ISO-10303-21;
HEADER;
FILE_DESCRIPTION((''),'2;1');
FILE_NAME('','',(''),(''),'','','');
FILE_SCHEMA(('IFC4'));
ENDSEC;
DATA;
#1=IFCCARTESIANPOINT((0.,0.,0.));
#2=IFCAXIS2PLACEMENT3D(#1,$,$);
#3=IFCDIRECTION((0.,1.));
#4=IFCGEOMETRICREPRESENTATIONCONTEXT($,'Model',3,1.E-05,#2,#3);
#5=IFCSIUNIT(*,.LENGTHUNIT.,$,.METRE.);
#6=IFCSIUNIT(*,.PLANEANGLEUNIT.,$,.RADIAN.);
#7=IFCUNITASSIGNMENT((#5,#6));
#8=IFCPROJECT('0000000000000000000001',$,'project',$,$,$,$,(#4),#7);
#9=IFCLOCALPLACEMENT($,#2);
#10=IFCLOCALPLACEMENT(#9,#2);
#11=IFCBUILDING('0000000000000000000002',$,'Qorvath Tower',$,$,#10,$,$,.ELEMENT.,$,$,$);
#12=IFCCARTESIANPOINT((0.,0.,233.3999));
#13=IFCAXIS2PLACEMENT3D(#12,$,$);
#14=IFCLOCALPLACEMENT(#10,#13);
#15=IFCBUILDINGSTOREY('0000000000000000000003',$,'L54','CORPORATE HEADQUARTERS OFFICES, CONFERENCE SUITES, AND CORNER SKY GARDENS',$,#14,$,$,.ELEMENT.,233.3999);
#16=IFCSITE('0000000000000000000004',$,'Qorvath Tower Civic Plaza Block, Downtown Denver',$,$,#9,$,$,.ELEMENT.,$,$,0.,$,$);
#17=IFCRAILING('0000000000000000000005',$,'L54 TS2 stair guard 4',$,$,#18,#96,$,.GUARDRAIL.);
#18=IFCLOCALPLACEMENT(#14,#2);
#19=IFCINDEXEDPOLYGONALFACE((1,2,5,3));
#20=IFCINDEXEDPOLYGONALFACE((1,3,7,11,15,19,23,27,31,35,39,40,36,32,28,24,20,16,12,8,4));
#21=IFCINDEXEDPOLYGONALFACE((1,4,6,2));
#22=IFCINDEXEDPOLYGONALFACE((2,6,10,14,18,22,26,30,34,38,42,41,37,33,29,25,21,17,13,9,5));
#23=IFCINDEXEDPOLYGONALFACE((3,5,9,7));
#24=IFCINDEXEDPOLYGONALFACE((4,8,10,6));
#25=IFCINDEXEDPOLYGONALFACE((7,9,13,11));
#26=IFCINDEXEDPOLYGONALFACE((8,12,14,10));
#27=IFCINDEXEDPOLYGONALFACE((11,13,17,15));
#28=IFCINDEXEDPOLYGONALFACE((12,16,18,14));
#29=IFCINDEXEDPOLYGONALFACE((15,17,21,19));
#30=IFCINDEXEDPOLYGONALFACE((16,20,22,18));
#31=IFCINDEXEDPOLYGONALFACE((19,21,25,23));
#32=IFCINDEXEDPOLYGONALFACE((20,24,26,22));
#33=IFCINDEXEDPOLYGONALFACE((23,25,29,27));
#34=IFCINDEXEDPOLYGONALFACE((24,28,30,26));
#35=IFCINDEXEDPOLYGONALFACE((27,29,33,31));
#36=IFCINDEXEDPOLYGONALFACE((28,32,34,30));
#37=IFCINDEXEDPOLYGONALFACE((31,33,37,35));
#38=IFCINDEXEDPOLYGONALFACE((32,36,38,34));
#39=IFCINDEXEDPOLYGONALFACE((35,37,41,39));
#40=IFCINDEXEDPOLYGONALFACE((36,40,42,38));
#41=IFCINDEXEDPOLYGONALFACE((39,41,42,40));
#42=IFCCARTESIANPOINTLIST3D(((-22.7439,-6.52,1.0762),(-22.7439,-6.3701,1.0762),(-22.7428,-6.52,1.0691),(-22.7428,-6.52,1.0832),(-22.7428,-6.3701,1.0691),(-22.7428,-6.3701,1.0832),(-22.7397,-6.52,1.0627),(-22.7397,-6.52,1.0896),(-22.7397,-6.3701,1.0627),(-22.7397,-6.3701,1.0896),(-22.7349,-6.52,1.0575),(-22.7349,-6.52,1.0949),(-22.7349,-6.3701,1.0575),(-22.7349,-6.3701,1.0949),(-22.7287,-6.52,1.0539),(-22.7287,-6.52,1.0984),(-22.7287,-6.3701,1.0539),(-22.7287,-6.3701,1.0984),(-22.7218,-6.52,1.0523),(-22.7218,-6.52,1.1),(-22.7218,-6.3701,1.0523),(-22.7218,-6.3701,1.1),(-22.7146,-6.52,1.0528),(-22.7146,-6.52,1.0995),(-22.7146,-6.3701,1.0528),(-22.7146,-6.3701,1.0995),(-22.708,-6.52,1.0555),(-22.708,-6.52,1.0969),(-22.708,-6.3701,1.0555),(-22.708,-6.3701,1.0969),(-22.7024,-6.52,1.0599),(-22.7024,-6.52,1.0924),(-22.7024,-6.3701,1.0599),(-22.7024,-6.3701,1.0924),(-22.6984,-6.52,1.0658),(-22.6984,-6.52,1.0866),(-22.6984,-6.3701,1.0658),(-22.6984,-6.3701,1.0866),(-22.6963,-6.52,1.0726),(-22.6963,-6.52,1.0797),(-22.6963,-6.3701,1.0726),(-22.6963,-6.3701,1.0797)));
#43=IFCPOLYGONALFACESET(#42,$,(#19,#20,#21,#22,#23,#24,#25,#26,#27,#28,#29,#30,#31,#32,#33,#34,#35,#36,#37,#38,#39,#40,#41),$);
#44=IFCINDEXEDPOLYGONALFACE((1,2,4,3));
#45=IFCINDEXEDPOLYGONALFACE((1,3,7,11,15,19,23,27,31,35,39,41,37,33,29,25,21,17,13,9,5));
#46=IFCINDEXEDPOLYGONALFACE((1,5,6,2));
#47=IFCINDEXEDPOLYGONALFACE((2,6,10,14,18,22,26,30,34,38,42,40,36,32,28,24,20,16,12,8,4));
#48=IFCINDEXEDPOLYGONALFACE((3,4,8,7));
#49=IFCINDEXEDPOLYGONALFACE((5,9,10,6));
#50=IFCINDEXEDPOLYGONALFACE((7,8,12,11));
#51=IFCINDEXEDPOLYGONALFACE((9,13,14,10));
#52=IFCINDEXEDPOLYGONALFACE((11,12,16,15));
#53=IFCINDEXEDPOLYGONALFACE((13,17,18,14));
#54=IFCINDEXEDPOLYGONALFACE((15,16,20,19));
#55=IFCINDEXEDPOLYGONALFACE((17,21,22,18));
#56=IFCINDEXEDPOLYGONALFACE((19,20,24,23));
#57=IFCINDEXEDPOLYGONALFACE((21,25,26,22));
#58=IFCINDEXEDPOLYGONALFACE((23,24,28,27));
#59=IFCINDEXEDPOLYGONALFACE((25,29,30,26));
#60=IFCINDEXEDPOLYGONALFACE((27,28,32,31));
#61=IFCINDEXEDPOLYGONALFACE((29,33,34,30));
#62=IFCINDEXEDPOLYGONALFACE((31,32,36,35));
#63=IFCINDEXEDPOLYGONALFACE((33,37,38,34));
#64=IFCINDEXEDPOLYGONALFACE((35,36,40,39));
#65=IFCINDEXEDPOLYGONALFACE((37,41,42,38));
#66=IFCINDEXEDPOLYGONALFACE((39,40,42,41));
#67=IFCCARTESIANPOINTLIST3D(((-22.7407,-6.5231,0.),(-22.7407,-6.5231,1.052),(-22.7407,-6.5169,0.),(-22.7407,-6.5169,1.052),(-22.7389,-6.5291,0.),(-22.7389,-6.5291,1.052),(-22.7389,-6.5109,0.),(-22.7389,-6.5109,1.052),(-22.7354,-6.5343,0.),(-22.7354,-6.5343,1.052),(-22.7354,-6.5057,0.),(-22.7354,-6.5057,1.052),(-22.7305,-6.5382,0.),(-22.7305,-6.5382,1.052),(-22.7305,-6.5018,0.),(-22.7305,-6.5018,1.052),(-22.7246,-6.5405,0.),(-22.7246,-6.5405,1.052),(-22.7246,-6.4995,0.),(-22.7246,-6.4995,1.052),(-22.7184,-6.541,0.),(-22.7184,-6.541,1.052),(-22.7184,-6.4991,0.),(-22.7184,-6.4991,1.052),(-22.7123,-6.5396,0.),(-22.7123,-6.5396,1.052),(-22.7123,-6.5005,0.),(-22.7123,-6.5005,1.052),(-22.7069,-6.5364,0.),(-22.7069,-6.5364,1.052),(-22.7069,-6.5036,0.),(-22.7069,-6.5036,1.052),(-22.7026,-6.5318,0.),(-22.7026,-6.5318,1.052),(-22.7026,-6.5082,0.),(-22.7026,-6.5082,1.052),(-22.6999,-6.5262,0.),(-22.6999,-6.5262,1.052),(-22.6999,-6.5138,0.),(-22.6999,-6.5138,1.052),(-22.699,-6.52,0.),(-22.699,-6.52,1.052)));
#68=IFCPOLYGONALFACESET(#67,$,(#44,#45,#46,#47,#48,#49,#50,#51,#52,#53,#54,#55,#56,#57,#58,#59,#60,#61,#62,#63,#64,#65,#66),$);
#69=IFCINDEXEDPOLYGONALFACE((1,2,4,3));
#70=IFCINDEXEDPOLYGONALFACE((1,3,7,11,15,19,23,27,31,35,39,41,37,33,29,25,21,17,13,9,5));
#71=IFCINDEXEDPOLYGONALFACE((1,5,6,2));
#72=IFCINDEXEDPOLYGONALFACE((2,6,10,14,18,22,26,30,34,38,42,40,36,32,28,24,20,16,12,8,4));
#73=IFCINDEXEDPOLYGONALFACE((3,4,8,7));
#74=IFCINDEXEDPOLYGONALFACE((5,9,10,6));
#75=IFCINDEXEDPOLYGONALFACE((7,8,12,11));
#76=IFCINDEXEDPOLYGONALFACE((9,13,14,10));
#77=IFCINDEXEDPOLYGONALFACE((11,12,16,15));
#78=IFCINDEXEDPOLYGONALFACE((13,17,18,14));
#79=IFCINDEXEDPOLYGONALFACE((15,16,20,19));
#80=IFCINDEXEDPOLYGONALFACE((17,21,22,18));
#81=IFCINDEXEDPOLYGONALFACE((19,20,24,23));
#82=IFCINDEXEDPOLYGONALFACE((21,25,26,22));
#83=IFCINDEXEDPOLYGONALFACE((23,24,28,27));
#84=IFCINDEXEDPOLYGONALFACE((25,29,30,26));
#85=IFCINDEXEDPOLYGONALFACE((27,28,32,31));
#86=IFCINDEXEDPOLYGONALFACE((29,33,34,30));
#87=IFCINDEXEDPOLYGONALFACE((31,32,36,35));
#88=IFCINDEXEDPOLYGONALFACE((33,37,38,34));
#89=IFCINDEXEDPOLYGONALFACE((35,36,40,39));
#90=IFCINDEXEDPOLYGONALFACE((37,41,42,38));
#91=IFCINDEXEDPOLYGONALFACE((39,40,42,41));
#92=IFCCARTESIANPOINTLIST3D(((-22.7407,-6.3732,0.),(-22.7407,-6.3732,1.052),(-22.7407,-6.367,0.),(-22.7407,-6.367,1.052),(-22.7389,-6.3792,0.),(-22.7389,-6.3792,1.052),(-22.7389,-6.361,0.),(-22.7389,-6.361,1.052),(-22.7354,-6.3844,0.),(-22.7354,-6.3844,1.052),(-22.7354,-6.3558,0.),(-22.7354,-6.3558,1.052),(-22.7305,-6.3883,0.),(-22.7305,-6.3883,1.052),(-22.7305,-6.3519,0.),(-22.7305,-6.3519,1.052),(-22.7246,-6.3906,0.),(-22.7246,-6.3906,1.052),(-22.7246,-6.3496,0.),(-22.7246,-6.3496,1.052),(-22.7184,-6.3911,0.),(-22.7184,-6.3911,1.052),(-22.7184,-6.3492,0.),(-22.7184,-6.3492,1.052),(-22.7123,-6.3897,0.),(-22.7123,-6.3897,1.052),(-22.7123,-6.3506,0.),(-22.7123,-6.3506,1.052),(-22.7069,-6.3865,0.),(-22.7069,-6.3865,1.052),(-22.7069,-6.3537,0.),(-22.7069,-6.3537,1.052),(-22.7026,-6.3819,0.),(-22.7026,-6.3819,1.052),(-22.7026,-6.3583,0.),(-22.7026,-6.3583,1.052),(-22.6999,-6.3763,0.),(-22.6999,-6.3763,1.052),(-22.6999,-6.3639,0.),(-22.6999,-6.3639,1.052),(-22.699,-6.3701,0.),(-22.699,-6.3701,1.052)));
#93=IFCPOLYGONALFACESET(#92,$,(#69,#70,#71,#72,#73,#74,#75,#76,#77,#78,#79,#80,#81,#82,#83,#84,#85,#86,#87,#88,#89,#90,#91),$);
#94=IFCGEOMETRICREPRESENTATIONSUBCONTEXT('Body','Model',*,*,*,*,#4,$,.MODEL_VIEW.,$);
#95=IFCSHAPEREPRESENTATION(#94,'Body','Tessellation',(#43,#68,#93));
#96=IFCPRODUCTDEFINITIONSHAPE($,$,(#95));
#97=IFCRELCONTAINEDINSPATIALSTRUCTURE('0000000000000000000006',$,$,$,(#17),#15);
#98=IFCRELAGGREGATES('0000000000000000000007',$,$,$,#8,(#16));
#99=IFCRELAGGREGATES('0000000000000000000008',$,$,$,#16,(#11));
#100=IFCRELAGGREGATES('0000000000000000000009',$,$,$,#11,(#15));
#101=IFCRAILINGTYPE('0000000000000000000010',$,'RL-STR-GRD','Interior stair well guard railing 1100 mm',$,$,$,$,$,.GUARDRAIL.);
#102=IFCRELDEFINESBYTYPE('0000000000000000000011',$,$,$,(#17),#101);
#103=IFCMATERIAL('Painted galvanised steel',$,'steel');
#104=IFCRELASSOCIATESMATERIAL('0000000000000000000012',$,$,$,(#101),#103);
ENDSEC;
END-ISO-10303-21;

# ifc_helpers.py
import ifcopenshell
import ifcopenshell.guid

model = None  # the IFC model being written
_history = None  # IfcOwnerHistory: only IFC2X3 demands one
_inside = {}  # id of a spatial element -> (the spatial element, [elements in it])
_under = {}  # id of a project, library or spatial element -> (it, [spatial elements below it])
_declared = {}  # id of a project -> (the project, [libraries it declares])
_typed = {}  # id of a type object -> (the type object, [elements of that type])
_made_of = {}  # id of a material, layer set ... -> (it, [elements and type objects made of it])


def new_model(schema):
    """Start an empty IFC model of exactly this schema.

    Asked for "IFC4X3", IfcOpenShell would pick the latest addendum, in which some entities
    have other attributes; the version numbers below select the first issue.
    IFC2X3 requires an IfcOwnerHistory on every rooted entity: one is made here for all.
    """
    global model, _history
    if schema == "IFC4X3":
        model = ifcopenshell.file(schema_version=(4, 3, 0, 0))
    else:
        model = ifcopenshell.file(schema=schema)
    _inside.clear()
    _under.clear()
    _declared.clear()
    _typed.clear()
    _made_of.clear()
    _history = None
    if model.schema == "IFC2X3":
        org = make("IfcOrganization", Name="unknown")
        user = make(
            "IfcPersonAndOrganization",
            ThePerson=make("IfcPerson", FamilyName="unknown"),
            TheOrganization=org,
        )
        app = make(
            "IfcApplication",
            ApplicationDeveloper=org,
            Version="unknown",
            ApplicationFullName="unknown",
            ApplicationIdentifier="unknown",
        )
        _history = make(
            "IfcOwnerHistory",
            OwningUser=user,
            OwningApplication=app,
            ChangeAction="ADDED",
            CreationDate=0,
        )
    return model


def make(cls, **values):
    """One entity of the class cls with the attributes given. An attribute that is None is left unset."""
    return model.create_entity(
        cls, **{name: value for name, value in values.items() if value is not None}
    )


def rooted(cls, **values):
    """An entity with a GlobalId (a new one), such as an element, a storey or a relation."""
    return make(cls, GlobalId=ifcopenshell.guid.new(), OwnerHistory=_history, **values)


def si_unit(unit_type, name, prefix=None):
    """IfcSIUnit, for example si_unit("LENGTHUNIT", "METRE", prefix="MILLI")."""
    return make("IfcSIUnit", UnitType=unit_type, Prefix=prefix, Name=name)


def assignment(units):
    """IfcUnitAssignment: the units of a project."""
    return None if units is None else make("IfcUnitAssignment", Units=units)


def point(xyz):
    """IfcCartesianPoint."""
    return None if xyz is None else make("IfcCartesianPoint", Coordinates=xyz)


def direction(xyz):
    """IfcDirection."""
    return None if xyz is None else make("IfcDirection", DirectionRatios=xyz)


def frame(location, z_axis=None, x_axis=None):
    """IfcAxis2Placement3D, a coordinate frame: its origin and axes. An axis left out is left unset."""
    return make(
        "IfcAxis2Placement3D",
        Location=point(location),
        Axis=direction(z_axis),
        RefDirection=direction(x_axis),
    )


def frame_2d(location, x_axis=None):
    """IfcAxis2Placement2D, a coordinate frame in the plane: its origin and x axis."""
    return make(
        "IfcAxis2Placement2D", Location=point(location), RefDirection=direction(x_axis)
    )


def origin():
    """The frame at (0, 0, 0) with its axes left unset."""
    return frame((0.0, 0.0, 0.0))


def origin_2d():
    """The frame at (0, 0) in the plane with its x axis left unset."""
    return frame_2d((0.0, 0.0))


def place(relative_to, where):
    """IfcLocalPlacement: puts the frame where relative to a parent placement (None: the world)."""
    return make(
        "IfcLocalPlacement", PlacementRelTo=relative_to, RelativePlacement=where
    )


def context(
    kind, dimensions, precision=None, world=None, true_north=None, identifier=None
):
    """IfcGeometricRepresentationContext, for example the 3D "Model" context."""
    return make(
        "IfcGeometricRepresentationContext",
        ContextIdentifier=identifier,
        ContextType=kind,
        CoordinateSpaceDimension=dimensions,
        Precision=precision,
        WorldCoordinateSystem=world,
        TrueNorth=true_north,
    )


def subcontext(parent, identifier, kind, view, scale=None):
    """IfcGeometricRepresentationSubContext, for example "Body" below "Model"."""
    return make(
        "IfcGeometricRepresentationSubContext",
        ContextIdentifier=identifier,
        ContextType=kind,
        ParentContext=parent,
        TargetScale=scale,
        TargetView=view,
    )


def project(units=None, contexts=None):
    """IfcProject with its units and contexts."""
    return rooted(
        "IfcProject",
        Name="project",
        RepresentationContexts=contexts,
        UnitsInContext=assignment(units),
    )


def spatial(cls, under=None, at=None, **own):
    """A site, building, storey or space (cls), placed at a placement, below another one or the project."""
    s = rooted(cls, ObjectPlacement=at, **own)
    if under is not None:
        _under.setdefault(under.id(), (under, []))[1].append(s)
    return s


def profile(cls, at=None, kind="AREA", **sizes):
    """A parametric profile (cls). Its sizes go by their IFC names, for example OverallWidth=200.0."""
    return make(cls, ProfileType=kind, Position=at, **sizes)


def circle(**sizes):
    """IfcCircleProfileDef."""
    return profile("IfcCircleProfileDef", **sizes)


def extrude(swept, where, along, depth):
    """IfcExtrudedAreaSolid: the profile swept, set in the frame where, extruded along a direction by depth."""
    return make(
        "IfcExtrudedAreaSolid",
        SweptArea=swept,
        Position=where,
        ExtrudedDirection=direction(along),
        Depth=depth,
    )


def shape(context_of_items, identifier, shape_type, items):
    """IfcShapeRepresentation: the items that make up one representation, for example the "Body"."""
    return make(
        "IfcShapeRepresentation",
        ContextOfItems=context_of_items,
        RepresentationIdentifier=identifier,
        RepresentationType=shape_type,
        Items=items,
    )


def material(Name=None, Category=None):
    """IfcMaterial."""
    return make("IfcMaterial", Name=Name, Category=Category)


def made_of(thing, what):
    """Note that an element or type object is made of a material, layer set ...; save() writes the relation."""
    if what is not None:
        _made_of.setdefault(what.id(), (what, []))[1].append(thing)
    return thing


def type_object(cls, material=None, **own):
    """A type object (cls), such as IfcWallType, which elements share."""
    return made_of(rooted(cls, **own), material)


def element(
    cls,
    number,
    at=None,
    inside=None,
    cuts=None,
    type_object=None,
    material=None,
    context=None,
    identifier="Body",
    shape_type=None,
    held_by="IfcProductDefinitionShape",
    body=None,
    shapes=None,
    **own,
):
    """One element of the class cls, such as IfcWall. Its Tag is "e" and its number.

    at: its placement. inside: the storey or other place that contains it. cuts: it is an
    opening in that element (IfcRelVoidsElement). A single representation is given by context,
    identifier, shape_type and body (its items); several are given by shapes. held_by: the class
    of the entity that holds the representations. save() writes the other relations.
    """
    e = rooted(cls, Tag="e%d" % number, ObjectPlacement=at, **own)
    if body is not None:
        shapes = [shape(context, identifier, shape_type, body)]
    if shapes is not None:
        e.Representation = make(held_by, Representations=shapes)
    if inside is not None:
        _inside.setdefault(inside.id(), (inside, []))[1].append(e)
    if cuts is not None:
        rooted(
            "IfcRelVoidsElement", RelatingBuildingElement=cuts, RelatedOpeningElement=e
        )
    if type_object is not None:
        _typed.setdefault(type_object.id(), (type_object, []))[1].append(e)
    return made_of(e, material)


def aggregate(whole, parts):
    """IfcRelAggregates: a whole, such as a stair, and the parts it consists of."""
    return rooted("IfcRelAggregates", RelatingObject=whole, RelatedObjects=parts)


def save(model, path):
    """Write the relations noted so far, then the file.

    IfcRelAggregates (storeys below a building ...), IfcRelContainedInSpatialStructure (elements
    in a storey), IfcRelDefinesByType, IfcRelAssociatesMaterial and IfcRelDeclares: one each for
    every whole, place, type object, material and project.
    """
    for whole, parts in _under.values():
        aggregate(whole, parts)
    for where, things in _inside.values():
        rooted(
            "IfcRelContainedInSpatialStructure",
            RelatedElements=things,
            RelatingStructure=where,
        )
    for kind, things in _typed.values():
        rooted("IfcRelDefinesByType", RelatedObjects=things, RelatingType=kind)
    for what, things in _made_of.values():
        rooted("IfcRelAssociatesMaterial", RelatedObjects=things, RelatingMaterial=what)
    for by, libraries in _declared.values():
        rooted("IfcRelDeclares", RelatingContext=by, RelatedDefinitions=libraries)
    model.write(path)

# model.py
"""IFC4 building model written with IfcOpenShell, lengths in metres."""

from ifc_helpers import new_model, si_unit, direction, frame, origin, origin_2d, place, context, subcontext, project, spatial, circle, extrude, material, type_object, element, save


model = new_model("IFC4")

# Units and contexts
model_context = context("Model", 3, precision=1e-05, world=origin(), true_north=direction((0.0, 1.0)))
body_context = subcontext(model_context, "Body", "Model", "MODEL_VIEW")
ifc_project = project(units=[si_unit("LENGTHUNIT", "METRE"), si_unit("PLANEANGLEUNIT", "RADIAN")], contexts=[model_context])

# Site, building, storey
site_placement = place(None, origin())
site = spatial("IfcSite", under=ifc_project, at=site_placement, Name="Qorvath Tower Civic Plaza Block, Downtown Denver", CompositionType="ELEMENT", RefElevation=0.0)
building_placement = place(site_placement, origin())
building = spatial("IfcBuilding", under=site, at=building_placement, Name="Qorvath Tower", CompositionType="ELEMENT")
storey_placement = place(building_placement, frame((0.0, 0.0, 233.3999)))
storey = spatial("IfcBuildingStorey", under=building, at=storey_placement, Name="L54", Description="CORPORATE HEADQUARTERS OFFICES, CONFERENCE SUITES, AND CORNER SKY GARDENS", CompositionType="ELEMENT", Elevation=233.3999)

# Railing
ifc_material_1 = material(Name="Painted galvanised steel", Category="steel")
railing_type_1 = type_object("IfcRailingType", Name="RL-STR-GRD", Description="Interior stair well guard railing 1100 mm", PredefinedType="GUARDRAIL", material=ifc_material_1)
railing_1_placement = place(storey_placement, frame((-22.72, -6.52, 0.0)))
element("IfcRailing", 1, at=railing_1_placement, inside=storey, type_object=railing_type_1, Name="L54 TS2 stair guard 4", PredefinedType="GUARDRAIL", context=body_context, shape_type="SweptSolid", body=[
    extrude(circle(Radius=0.0239, at=origin_2d()), frame((0.0, 0.0, 1.0762), z_axis=(0.0, 1.0, 0.0), x_axis=(-1.0, 0.0, 0.0)), (0.0, 0.0, 1.0), 0.1499),
    extrude(circle(Radius=0.021, at=origin_2d()), origin(), (0.0, 0.0, 1.0), 1.052),
    extrude(circle(Radius=0.021, at=origin_2d()), frame((0.0, 0.1499, 0.0)), (0.0, 0.0, 1.0), 1.052),
])

save(model, "model.ifc")
